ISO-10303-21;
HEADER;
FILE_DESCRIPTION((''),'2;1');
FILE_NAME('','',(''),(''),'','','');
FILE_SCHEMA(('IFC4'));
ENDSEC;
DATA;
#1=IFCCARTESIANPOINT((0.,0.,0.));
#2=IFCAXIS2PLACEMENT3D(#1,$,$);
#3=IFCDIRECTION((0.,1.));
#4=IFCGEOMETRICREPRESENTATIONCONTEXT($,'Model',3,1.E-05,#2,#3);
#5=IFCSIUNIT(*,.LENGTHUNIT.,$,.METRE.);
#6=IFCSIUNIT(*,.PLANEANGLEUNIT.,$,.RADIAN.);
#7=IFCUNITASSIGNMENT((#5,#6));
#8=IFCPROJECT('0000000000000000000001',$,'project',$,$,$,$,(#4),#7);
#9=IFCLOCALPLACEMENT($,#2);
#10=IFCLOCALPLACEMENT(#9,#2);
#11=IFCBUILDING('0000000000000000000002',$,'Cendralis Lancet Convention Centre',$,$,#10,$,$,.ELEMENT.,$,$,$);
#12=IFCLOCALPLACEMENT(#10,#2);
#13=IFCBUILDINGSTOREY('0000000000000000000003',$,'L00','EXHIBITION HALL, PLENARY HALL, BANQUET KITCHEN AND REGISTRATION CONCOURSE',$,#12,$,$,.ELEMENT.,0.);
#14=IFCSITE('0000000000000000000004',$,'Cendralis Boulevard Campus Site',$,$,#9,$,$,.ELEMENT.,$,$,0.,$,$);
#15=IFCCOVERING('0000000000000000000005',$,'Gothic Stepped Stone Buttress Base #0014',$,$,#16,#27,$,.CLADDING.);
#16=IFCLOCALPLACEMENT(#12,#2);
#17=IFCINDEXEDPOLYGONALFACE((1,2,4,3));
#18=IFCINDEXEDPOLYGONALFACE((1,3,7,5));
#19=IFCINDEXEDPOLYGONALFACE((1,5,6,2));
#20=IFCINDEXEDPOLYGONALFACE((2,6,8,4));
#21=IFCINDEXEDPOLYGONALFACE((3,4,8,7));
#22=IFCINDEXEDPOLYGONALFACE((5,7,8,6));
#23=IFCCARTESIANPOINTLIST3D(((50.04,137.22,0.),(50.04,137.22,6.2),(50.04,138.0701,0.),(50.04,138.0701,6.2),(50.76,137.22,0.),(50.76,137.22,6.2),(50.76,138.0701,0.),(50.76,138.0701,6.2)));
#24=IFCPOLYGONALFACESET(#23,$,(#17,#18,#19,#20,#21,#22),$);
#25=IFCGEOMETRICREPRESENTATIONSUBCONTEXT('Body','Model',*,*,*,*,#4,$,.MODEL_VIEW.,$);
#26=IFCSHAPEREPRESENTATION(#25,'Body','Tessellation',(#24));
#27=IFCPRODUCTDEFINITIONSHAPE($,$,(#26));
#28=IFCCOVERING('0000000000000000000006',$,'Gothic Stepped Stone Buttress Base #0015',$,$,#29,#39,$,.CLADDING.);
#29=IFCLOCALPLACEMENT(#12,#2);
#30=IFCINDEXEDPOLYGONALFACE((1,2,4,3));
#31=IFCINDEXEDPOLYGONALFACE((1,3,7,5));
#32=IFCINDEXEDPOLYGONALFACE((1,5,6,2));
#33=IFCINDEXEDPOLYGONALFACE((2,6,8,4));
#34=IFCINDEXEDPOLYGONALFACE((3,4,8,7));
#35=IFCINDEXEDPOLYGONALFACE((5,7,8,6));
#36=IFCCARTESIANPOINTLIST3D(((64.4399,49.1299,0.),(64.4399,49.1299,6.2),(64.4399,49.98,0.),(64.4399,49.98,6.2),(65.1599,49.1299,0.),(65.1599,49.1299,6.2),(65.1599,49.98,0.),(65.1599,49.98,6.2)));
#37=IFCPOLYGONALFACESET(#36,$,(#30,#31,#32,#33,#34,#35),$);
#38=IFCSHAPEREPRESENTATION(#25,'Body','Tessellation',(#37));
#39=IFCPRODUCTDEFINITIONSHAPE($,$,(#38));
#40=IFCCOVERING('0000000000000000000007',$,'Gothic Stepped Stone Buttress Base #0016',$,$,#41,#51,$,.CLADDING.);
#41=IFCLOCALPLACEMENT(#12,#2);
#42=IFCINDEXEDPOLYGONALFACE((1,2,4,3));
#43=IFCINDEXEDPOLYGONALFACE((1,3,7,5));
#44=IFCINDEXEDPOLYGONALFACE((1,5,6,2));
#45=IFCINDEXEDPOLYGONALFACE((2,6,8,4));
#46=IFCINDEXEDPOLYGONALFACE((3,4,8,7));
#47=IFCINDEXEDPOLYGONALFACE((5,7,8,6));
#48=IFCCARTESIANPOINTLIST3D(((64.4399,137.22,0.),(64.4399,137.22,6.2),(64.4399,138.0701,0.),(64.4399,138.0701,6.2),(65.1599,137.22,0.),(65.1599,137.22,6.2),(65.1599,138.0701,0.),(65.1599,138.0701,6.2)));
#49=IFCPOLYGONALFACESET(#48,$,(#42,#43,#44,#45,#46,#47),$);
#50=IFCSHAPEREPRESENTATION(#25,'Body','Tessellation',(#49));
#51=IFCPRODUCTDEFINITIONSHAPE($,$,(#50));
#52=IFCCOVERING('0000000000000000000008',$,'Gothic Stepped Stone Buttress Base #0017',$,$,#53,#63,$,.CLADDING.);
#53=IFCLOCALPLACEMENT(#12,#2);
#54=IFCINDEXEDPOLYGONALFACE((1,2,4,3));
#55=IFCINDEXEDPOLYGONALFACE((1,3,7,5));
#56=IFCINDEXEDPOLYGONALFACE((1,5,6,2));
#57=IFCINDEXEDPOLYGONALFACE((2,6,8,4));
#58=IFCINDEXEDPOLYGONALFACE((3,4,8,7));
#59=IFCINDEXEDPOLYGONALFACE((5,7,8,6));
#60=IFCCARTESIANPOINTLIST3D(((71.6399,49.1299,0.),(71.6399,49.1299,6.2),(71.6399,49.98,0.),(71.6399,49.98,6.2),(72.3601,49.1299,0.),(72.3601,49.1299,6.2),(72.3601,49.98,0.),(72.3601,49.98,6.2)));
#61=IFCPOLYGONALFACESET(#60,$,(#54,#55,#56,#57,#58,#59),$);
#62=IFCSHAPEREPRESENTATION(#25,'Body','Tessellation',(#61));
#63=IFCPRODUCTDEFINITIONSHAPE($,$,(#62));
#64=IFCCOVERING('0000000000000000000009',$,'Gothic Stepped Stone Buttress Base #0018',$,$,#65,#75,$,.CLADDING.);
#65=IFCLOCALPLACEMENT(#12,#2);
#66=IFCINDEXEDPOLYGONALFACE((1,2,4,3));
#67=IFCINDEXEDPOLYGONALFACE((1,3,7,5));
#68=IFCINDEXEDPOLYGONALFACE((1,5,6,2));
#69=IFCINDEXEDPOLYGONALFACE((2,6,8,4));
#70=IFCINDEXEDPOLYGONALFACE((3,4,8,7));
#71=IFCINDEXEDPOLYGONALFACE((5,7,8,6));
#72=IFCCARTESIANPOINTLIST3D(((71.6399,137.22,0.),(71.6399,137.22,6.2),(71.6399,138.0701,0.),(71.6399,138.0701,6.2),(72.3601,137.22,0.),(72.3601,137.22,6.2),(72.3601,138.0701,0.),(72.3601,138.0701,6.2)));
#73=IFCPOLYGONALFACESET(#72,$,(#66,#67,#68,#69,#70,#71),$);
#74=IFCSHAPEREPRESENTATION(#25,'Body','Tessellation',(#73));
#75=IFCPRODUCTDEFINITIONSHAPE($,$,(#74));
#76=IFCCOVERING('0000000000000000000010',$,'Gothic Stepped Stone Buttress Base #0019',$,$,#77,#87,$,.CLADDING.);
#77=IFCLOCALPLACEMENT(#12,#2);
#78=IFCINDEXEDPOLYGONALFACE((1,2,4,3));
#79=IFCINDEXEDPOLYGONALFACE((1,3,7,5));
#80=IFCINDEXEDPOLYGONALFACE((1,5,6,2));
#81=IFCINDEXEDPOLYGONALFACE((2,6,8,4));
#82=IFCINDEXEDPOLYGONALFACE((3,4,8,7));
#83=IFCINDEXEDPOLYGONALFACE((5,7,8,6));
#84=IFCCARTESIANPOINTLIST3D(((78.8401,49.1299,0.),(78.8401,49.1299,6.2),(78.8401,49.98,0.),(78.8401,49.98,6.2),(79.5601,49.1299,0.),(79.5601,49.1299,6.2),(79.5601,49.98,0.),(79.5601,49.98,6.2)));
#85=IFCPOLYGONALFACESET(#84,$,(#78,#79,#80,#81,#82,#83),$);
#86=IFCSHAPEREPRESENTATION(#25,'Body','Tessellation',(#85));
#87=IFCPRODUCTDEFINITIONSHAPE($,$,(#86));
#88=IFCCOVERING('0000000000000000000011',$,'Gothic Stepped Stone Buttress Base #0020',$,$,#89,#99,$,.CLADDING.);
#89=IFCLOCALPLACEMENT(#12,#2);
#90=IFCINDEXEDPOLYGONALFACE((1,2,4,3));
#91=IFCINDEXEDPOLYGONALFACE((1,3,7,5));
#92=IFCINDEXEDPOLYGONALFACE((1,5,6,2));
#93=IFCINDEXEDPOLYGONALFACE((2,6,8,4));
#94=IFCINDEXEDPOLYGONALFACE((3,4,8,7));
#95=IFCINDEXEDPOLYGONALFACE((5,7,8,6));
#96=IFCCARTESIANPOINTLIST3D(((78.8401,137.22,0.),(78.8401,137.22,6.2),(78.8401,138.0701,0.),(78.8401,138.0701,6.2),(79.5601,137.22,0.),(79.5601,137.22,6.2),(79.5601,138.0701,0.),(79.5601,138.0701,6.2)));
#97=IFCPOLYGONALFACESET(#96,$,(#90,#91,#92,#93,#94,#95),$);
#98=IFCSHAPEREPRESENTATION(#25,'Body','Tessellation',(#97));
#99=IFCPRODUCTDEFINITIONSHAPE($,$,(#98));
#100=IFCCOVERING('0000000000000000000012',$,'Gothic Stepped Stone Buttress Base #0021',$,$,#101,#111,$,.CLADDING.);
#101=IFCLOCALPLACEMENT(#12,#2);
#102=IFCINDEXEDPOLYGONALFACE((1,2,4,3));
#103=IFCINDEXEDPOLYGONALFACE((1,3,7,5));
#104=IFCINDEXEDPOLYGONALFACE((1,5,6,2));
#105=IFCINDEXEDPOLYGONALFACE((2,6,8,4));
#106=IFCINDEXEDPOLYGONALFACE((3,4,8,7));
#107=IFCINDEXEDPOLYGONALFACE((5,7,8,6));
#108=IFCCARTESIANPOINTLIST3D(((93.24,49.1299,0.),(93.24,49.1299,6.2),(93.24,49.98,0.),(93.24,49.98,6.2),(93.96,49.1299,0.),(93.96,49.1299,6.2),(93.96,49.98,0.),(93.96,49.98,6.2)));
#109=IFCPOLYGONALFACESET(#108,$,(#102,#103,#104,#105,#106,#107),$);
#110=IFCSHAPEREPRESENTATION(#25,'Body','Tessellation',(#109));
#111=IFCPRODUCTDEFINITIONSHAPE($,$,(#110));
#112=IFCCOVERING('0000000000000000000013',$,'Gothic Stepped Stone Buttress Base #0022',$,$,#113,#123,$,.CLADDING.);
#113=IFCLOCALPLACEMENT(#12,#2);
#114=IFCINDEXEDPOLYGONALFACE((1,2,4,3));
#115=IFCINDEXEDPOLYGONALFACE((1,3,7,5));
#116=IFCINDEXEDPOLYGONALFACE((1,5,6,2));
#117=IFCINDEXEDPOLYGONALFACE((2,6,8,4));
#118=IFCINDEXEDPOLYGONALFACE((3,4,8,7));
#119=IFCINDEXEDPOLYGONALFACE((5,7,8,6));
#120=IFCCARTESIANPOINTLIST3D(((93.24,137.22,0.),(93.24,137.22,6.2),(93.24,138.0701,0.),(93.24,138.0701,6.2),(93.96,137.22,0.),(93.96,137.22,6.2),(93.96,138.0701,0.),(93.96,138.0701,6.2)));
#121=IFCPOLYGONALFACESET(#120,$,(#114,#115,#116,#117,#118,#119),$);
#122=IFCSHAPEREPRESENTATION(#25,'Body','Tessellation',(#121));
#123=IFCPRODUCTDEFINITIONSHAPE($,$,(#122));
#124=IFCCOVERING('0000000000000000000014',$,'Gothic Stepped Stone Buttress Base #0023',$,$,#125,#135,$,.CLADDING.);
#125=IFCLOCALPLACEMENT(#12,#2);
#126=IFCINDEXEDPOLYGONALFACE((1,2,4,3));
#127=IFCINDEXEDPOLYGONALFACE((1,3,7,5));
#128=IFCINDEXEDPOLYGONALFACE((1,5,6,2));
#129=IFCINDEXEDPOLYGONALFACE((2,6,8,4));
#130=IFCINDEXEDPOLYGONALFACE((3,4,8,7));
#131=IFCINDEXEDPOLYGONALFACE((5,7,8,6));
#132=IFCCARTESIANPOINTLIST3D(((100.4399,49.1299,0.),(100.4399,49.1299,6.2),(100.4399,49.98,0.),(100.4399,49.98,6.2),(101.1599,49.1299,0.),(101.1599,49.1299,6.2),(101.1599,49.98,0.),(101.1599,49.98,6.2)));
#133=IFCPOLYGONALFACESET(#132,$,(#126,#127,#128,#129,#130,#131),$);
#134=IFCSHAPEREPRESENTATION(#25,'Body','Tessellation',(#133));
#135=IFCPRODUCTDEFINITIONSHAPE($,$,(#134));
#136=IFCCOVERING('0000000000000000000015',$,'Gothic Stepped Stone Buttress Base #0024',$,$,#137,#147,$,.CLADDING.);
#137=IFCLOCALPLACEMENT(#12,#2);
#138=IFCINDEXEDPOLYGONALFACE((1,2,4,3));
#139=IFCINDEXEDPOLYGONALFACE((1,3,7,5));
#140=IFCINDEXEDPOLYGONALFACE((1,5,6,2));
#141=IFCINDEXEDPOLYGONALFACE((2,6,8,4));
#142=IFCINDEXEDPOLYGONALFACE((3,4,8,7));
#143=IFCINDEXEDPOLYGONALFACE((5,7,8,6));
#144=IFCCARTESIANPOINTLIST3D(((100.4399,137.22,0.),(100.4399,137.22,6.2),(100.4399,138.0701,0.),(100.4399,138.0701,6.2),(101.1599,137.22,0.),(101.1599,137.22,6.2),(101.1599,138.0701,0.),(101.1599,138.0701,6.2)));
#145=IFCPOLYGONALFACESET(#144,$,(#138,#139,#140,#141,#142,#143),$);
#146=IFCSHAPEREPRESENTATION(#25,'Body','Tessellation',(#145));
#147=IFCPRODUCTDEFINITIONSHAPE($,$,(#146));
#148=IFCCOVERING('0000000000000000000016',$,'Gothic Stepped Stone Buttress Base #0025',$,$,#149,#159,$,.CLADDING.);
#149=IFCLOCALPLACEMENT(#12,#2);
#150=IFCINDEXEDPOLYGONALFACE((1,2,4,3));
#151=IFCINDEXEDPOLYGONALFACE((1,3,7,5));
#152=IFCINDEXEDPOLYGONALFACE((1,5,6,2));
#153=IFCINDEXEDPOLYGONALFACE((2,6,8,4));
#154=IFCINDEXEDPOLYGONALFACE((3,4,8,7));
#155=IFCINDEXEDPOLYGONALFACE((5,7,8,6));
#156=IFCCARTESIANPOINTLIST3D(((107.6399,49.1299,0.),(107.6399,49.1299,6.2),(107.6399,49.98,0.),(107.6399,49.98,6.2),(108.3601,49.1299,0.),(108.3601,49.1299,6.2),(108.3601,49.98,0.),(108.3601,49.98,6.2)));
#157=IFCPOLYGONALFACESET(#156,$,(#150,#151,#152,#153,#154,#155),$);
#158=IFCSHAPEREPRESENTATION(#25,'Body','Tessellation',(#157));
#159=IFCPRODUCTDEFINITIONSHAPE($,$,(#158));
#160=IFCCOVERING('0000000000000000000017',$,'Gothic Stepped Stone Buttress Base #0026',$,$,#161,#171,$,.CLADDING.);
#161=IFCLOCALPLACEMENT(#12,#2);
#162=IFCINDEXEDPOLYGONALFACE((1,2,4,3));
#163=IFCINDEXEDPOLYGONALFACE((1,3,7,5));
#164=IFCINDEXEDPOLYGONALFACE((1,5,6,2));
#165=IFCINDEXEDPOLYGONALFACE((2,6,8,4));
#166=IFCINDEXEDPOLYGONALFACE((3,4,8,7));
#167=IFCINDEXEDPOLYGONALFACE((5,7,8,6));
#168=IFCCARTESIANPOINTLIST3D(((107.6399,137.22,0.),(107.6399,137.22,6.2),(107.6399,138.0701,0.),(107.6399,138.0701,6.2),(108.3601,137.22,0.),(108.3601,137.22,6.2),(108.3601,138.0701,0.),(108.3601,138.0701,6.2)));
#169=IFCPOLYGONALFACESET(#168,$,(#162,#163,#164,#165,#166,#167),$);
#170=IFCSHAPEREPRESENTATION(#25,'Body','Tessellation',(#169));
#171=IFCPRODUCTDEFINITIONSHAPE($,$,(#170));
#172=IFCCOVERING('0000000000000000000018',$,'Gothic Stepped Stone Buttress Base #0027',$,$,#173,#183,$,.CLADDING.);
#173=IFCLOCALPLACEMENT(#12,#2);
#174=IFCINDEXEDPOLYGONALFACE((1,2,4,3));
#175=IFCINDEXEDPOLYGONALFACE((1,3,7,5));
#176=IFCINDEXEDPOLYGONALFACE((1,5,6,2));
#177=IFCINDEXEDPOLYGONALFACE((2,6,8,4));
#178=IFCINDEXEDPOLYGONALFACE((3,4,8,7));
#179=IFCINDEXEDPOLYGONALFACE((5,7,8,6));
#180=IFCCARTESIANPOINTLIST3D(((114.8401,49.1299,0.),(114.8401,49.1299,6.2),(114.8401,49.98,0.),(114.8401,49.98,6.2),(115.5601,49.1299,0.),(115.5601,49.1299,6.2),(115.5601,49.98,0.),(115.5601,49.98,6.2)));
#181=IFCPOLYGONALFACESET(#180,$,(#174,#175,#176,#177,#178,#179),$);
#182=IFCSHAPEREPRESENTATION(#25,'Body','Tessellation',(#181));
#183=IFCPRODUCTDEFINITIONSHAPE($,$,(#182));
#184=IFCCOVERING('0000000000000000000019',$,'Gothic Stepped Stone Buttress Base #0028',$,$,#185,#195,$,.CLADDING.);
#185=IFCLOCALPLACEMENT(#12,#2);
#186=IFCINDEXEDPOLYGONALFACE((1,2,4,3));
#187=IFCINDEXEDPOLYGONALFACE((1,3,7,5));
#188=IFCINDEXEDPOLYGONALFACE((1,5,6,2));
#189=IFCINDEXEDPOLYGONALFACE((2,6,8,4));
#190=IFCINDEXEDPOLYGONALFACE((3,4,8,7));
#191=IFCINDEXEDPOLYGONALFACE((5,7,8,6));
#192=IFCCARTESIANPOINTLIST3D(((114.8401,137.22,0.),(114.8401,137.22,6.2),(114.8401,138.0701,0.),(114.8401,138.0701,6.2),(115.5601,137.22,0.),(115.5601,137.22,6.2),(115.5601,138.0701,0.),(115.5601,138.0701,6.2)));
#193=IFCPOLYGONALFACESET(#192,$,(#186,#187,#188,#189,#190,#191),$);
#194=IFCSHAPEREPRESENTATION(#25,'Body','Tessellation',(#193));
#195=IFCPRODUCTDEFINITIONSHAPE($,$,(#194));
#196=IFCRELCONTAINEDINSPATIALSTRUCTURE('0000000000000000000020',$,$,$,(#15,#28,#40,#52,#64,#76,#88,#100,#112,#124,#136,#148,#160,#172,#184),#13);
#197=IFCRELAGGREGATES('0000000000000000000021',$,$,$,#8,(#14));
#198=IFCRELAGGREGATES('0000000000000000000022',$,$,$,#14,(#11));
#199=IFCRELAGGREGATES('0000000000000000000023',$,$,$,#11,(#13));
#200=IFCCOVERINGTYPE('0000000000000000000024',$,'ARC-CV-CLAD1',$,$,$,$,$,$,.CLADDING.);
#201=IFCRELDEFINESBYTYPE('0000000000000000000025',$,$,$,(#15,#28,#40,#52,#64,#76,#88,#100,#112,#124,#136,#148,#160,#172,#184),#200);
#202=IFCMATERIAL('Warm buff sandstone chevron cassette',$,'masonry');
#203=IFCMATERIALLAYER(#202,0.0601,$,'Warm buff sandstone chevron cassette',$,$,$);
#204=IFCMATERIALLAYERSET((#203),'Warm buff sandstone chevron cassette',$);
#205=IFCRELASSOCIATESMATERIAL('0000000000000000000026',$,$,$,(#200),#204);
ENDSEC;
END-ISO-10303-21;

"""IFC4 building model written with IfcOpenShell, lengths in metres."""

from ifc_helpers import new_model, si_unit, direction, origin, place, context, subcontext, project, spatial, polyline, outline, extrude, material, layer, layer_set, type_object, element, save


model = new_model("IFC4")

# Units and contexts
model_context = context("Model", 3, precision=1e-05, world=origin(), true_north=direction((0.0, 1.0)))
body_context = subcontext(model_context, "Body", "Model", "MODEL_VIEW")
ifc_project = project(units=[si_unit("LENGTHUNIT", "METRE"), si_unit("PLANEANGLEUNIT", "RADIAN")], contexts=[model_context])

# Site, building, storey
site_placement = place(None, origin())
site = spatial("IfcSite", under=ifc_project, at=site_placement, Name="Cendralis Boulevard Campus Site", CompositionType="ELEMENT", RefElevation=0.0)
building_placement = place(site_placement, origin())
building = spatial("IfcBuilding", under=site, at=building_placement, Name="Cendralis Lancet Convention Centre", CompositionType="ELEMENT")
storey_placement = place(building_placement, origin())
storey = spatial("IfcBuildingStorey", under=building, at=storey_placement, Name="L00", Description="EXHIBITION HALL, PLENARY HALL, BANQUET KITCHEN AND REGISTRATION CONCOURSE", CompositionType="ELEMENT", Elevation=0.0)

# Coverings
ifc_material = material(Name="Warm buff sandstone chevron cassette", Category="masonry")
ifc_layer = layer(ifc_material, 0.0601, Name="Warm buff sandstone chevron cassette")
ifc_layer_set = layer_set([ifc_layer], Name="Warm buff sandstone chevron cassette")
covering_type = type_object("IfcCoveringType", Name="ARC-CV-CLAD1", PredefinedType="CLADDING", material=ifc_layer_set)
covering_1_placement = place(storey_placement, origin())
element("IfcCovering", 1, at=covering_1_placement, inside=storey, type_object=covering_type, Name="Gothic Stepped Stone Buttress Base #0014", PredefinedType="CLADDING", context=body_context, shape_type="SweptSolid", body=[
    extrude(outline(polyline([(50.76, 138.0701), (50.04, 138.0701), (50.04, 137.22), (50.76, 137.22), (50.76, 138.0701)])), origin(), (0.0, 0.0, 1.0), 6.2),
])
covering_2_placement = place(storey_placement, origin())
element("IfcCovering", 2, at=covering_2_placement, inside=storey, type_object=covering_type, Name="Gothic Stepped Stone Buttress Base #0015", PredefinedType="CLADDING", context=body_context, shape_type="SweptSolid", body=[
    extrude(outline(polyline([(64.4399, 49.1299), (65.1599, 49.1299), (65.1599, 49.98), (64.4399, 49.98), (64.4399, 49.1299)])), origin(), (0.0, 0.0, 1.0), 6.2),
])
covering_3_placement = place(storey_placement, origin())
element("IfcCovering", 3, at=covering_3_placement, inside=storey, type_object=covering_type, Name="Gothic Stepped Stone Buttress Base #0016", PredefinedType="CLADDING", context=body_context, shape_type="SweptSolid", body=[
    extrude(outline(polyline([(65.1599, 138.0701), (64.4399, 138.0701), (64.4399, 137.22), (65.1599, 137.22), (65.1599, 138.0701)])), origin(), (0.0, 0.0, 1.0), 6.2),
])
covering_4_placement = place(storey_placement, origin())
element("IfcCovering", 4, at=covering_4_placement, inside=storey, type_object=covering_type, Name="Gothic Stepped Stone Buttress Base #0017", PredefinedType="CLADDING", context=body_context, shape_type="SweptSolid", body=[
    extrude(outline(polyline([(71.6399, 49.1299), (72.3601, 49.1299), (72.3601, 49.98), (71.6399, 49.98), (71.6399, 49.1299)])), origin(), (0.0, 0.0, 1.0), 6.2),
])
covering_5_placement = place(storey_placement, origin())
element("IfcCovering", 5, at=covering_5_placement, inside=storey, type_object=covering_type, Name="Gothic Stepped Stone Buttress Base #0018", PredefinedType="CLADDING", context=body_context, shape_type="SweptSolid", body=[
    extrude(outline(polyline([(72.3601, 138.0701), (71.6399, 138.0701), (71.6399, 137.22), (72.3601, 137.22), (72.3601, 138.0701)])), origin(), (0.0, 0.0, 1.0), 6.2),
])
covering_6_placement = place(storey_placement, origin())
element("IfcCovering", 6, at=covering_6_placement, inside=storey, type_object=covering_type, Name="Gothic Stepped Stone Buttress Base #0019", PredefinedType="CLADDING", context=body_context, shape_type="SweptSolid", body=[
    extrude(outline(polyline([(78.8401, 49.1299), (79.5601, 49.1299), (79.5601, 49.98), (78.8401, 49.98), (78.8401, 49.1299)])), origin(), (0.0, 0.0, 1.0), 6.2),
])
covering_7_placement = place(storey_placement, origin())
element("IfcCovering", 7, at=covering_7_placement, inside=storey, type_object=covering_type, Name="Gothic Stepped Stone Buttress Base #0020", PredefinedType="CLADDING", context=body_context, shape_type="SweptSolid", body=[
    extrude(outline(polyline([(79.5601, 138.0701), (78.8401, 138.0701), (78.8401, 137.22), (79.5601, 137.22), (79.5601, 138.0701)])), origin(), (0.0, 0.0, 1.0), 6.2),
])
covering_8_placement = place(storey_placement, origin())
element("IfcCovering", 8, at=covering_8_placement, inside=storey, type_object=covering_type, Name="Gothic Stepped Stone Buttress Base #0021", PredefinedType="CLADDING", context=body_context, shape_type="SweptSolid", body=[
    extrude(outline(polyline([(93.24, 49.1299), (93.96, 49.1299), (93.96, 49.98), (93.24, 49.98), (93.24, 49.1299)])), origin(), (0.0, 0.0, 1.0), 6.2),
])
covering_9_placement = place(storey_placement, origin())
element("IfcCovering", 9, at=covering_9_placement, inside=storey, type_object=covering_type, Name="Gothic Stepped Stone Buttress Base #0022", PredefinedType="CLADDING", context=body_context, shape_type="SweptSolid", body=[
    extrude(outline(polyline([(93.96, 138.0701), (93.24, 138.0701), (93.24, 137.22), (93.96, 137.22), (93.96, 138.0701)])), origin(), (0.0, 0.0, 1.0), 6.2),
])
covering_10_placement = place(storey_placement, origin())
element("IfcCovering", 10, at=covering_10_placement, inside=storey, type_object=covering_type, Name="Gothic Stepped Stone Buttress Base #0023", PredefinedType="CLADDING", context=body_context, shape_type="SweptSolid", body=[
    extrude(outline(polyline([(100.4399, 49.1299), (101.1599, 49.1299), (101.1599, 49.98), (100.4399, 49.98), (100.4399, 49.1299)])), origin(), (0.0, 0.0, 1.0), 6.2),
])
covering_11_placement = place(storey_placement, origin())
element("IfcCovering", 11, at=covering_11_placement, inside=storey, type_object=covering_type, Name="Gothic Stepped Stone Buttress Base #0024", PredefinedType="CLADDING", context=body_context, shape_type="SweptSolid", body=[
    extrude(outline(polyline([(101.1599, 138.0701), (100.4399, 138.0701), (100.4399, 137.22), (101.1599, 137.22), (101.1599, 138.0701)])), origin(), (0.0, 0.0, 1.0), 6.2),
])
covering_12_placement = place(storey_placement, origin())
element("IfcCovering", 12, at=covering_12_placement, inside=storey, type_object=covering_type, Name="Gothic Stepped Stone Buttress Base #0025", PredefinedType="CLADDING", context=body_context, shape_type="SweptSolid", body=[
    extrude(outline(polyline([(107.6399, 49.1299), (108.3601, 49.1299), (108.3601, 49.98), (107.6399, 49.98), (107.6399, 49.1299)])), origin(), (0.0, 0.0, 1.0), 6.2),
])
covering_13_placement = place(storey_placement, origin())
element("IfcCovering", 13, at=covering_13_placement, inside=storey, type_object=covering_type, Name="Gothic Stepped Stone Buttress Base #0026", PredefinedType="CLADDING", context=body_context, shape_type="SweptSolid", body=[
    extrude(outline(polyline([(108.3601, 138.0701), (107.6399, 138.0701), (107.6399, 137.22), (108.3601, 137.22), (108.3601, 138.0701)])), origin(), (0.0, 0.0, 1.0), 6.2),
])
covering_14_placement = place(storey_placement, origin())
element("IfcCovering", 14, at=covering_14_placement, inside=storey, type_object=covering_type, Name="Gothic Stepped Stone Buttress Base #0027", PredefinedType="CLADDING", context=body_context, shape_type="SweptSolid", body=[
    extrude(outline(polyline([(114.8401, 49.1299), (115.5601, 49.1299), (115.5601, 49.98), (114.8401, 49.98), (114.8401, 49.1299)])), origin(), (0.0, 0.0, 1.0), 6.2),
])
covering_15_placement = place(storey_placement, origin())
element("IfcCovering", 15, at=covering_15_placement, inside=storey, type_object=covering_type, Name="Gothic Stepped Stone Buttress Base #0028", PredefinedType="CLADDING", context=body_context, shape_type="SweptSolid", body=[
    extrude(outline(polyline([(115.5601, 138.0701), (114.8401, 138.0701), (114.8401, 137.22), (115.5601, 137.22), (115.5601, 138.0701)])), origin(), (0.0, 0.0, 1.0), 6.2),
])

save(model, "model.ifc")
